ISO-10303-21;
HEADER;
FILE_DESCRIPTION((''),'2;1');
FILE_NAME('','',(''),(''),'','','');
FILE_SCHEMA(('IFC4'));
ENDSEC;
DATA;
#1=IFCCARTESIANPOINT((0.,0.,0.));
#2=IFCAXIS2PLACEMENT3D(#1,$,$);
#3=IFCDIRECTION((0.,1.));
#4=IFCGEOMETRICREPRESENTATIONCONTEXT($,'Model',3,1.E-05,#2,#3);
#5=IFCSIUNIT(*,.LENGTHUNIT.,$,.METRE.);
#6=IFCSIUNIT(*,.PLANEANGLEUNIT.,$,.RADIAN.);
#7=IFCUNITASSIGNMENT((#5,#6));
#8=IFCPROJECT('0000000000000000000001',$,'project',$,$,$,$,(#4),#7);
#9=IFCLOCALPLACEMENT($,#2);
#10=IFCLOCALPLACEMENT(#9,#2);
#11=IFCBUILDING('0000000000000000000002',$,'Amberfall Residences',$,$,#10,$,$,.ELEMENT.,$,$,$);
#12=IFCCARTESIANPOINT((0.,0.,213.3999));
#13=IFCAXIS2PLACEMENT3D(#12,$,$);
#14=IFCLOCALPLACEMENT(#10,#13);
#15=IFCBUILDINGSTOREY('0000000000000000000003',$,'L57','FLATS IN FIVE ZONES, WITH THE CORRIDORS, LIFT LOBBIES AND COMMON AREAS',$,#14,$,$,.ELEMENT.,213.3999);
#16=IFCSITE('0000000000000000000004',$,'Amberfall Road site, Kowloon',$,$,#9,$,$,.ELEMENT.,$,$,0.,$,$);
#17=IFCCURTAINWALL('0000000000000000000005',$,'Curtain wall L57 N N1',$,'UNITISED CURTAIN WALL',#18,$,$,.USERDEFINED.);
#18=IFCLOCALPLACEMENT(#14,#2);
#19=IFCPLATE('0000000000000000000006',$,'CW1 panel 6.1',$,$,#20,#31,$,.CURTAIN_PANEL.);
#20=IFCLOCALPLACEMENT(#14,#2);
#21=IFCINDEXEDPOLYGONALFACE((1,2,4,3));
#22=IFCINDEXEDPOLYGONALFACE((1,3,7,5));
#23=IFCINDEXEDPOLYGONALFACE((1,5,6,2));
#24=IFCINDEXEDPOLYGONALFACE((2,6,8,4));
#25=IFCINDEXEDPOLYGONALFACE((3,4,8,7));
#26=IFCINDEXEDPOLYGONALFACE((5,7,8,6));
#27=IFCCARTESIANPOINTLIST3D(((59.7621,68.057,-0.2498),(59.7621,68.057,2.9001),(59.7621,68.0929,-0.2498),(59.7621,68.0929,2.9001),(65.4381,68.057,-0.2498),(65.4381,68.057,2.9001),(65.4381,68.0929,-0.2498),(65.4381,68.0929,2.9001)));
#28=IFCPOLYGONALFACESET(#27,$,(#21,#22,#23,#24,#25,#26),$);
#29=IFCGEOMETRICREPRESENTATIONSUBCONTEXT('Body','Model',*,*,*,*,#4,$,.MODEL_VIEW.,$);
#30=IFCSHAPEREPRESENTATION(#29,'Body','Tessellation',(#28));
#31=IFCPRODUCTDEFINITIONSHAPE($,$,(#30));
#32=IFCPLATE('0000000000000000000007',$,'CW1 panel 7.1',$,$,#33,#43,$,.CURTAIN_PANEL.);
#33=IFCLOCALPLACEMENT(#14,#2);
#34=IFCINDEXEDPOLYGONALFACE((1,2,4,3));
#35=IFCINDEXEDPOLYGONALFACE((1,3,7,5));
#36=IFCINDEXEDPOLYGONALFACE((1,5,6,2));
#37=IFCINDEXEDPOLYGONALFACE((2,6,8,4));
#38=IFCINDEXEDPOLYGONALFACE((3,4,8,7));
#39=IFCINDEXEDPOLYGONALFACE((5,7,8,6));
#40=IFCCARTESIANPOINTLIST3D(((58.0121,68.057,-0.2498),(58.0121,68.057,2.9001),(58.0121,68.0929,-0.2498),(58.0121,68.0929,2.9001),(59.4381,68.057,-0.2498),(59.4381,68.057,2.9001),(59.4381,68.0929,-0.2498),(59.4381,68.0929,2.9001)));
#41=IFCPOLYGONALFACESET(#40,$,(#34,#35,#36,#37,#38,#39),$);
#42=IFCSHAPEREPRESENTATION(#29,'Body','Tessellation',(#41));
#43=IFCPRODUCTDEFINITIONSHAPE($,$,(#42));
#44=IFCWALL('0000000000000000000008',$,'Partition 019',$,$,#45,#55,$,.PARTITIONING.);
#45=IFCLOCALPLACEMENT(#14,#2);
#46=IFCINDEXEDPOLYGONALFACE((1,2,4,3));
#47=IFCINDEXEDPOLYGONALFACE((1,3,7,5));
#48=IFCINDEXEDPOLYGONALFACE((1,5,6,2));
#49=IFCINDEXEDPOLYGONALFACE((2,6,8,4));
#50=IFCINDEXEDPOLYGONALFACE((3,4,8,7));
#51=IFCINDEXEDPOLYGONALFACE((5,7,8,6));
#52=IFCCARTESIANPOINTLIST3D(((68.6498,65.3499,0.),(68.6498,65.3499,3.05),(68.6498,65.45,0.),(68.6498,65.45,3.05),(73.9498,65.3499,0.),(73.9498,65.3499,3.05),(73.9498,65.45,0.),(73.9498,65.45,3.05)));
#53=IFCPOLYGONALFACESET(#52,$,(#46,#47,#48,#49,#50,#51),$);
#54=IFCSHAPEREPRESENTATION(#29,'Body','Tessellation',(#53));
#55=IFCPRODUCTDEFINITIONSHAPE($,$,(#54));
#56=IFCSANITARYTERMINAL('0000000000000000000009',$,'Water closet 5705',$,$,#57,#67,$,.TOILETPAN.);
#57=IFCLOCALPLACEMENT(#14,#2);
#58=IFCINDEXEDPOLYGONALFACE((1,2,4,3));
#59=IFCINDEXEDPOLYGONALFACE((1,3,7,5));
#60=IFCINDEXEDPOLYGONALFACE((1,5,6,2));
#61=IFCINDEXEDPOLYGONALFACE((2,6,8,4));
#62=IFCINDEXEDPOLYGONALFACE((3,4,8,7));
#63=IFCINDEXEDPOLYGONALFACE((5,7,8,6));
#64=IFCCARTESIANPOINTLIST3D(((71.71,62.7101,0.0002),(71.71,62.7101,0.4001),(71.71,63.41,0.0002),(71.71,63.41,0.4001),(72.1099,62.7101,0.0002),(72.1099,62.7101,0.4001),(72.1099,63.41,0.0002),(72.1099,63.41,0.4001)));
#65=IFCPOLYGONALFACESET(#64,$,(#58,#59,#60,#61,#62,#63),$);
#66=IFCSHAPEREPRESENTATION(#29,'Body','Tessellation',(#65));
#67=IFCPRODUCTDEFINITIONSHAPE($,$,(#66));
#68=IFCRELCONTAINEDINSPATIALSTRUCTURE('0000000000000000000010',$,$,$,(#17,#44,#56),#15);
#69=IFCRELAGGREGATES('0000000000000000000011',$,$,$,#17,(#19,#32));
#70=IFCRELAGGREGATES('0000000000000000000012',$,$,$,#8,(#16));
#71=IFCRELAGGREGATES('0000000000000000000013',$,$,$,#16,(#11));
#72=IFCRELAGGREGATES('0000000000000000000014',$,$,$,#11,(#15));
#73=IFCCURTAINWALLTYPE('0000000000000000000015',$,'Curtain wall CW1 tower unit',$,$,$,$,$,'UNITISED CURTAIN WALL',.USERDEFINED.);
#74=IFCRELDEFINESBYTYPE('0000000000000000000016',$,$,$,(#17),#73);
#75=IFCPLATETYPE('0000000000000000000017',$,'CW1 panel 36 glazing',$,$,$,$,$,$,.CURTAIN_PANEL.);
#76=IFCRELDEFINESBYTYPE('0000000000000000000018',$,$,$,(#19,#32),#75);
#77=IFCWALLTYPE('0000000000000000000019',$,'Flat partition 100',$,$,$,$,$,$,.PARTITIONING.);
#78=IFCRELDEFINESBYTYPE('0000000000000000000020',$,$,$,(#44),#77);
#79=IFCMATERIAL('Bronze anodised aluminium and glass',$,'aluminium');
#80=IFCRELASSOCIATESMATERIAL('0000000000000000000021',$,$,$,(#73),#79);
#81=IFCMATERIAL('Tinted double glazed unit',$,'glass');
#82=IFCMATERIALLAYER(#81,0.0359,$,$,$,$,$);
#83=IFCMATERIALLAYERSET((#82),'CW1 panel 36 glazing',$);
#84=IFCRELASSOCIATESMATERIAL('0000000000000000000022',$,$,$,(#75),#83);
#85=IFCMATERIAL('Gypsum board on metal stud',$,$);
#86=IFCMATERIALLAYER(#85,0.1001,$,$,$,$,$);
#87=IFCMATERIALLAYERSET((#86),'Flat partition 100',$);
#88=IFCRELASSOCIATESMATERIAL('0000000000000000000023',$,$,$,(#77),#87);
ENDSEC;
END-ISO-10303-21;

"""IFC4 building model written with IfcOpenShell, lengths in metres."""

from ifc_helpers import new_model, si_unit, direction, frame, frame_2d, origin, origin_2d, place, context, subcontext, project, spatial, rectangle, extrude, material, layer, layer_set, type_object, element, aggregate, save


model = new_model("IFC4")

# Units and contexts
model_context = context("Model", 3, precision=1e-05, world=origin(), true_north=direction((0.0, 1.0)))
body_context = subcontext(model_context, "Body", "Model", "MODEL_VIEW")
ifc_project = project(units=[si_unit("LENGTHUNIT", "METRE"), si_unit("PLANEANGLEUNIT", "RADIAN")], contexts=[model_context])

# Site, building, storey
site_placement = place(None, origin())
site = spatial("IfcSite", under=ifc_project, at=site_placement, Name="Amberfall Road site, Kowloon", CompositionType="ELEMENT", RefElevation=0.0)
building_placement = place(site_placement, origin())
building = spatial("IfcBuilding", under=site, at=building_placement, Name="Amberfall Residences", CompositionType="ELEMENT")
storey_placement = place(building_placement, frame((0.0, 0.0, 213.3999)))
storey = spatial("IfcBuildingStorey", under=building, at=storey_placement, Name="L57", Description="FLATS IN FIVE ZONES, WITH THE CORRIDORS, LIFT LOBBIES AND COMMON AREAS", CompositionType="ELEMENT", Elevation=213.3999)

# Curtain wall
ifc_material_1 = material(Name="Bronze anodised aluminium and glass", Category="aluminium")
curtain_wall_type = type_object("IfcCurtainWallType", Name="Curtain wall CW1 tower unit", ElementType="UNITISED CURTAIN WALL", PredefinedType="USERDEFINED", material=ifc_material_1)
curtain_wall_placement = place(storey_placement, origin())
curtain_wall = element("IfcCurtainWall", 1, at=curtain_wall_placement, inside=storey, type_object=curtain_wall_type, Name="Curtain wall L57 N N1", ObjectType="UNITISED CURTAIN WALL", PredefinedType="USERDEFINED")

# Plates
ifc_material_2 = material(Name="Tinted double glazed unit", Category="glass")
ifc_layer_1 = layer(ifc_material_2, 0.0359)
ifc_layer_set_1 = layer_set([ifc_layer_1], Name="CW1 panel 36 glazing")
plate_type = type_object("IfcPlateType", Name="CW1 panel 36 glazing", PredefinedType="CURTAIN_PANEL", material=ifc_layer_set_1)
plate_1_placement = place(storey_placement, frame((62.6001, 68.075, -0.2498), z_axis=(0.0, 0.0, 1.0), x_axis=(-1.0, 0.0, 0.0)))
plate_1 = element("IfcPlate", 2, at=plate_1_placement, type_object=plate_type, Name="CW1 panel 6.1", PredefinedType="CURTAIN_PANEL", context=body_context, shape_type="SweptSolid", body=[
    extrude(rectangle(XDim=5.676, YDim=0.0359, at=origin_2d()), origin(), (0.0, 0.0, 1.0), 3.1499),
])
plate_2_placement = place(storey_placement, frame((58.7251, 68.075, -0.2498), z_axis=(0.0, 0.0, 1.0), x_axis=(-1.0, 0.0, 0.0)))
plate_2 = element("IfcPlate", 3, at=plate_2_placement, type_object=plate_type, Name="CW1 panel 7.1", PredefinedType="CURTAIN_PANEL", context=body_context, shape_type="SweptSolid", body=[
    extrude(rectangle(XDim=1.426, YDim=0.0359, at=origin_2d()), origin(), (0.0, 0.0, 1.0), 3.1499),
])
aggregate(curtain_wall, [plate_1, plate_2])

# Wall
ifc_material_3 = material(Name="Gypsum board on metal stud")
ifc_layer_2 = layer(ifc_material_3, 0.1001)
ifc_layer_set_2 = layer_set([ifc_layer_2], Name="Flat partition 100")
wall_type = type_object("IfcWallType", Name="Flat partition 100", PredefinedType="PARTITIONING", material=ifc_layer_set_2)
wall_placement = place(storey_placement, frame((68.6499, 65.3999, 0.0), z_axis=(0.0, 0.0, 1.0), x_axis=(1.0, 0.0, 0.0)))
element("IfcWall", 4, at=wall_placement, inside=storey, type_object=wall_type, Name="Partition 019", PredefinedType="PARTITIONING", context=body_context, shape_type="SweptSolid", body=[
    extrude(rectangle(XDim=5.3, YDim=0.1001, at=frame_2d((2.6499, 0.0))), origin(), (0.0, 0.0, 1.0), 3.05),
])

# Sanitary terminal
sanitary_terminal_placement = place(storey_placement, frame((71.9099, 63.0601, 0.0002), z_axis=(0.0, 0.0, 1.0), x_axis=(1.0, 0.0, 0.0)))
element("IfcSanitaryTerminal", 5, at=sanitary_terminal_placement, inside=storey, Name="Water closet 5705", PredefinedType="TOILETPAN", context=body_context, shape_type="SweptSolid", body=[
    extrude(rectangle(XDim=0.3999, YDim=0.7, at=origin_2d()), origin(), (0.0, 0.0, 1.0), 0.3999),
])

save(model, "model.ifc")
